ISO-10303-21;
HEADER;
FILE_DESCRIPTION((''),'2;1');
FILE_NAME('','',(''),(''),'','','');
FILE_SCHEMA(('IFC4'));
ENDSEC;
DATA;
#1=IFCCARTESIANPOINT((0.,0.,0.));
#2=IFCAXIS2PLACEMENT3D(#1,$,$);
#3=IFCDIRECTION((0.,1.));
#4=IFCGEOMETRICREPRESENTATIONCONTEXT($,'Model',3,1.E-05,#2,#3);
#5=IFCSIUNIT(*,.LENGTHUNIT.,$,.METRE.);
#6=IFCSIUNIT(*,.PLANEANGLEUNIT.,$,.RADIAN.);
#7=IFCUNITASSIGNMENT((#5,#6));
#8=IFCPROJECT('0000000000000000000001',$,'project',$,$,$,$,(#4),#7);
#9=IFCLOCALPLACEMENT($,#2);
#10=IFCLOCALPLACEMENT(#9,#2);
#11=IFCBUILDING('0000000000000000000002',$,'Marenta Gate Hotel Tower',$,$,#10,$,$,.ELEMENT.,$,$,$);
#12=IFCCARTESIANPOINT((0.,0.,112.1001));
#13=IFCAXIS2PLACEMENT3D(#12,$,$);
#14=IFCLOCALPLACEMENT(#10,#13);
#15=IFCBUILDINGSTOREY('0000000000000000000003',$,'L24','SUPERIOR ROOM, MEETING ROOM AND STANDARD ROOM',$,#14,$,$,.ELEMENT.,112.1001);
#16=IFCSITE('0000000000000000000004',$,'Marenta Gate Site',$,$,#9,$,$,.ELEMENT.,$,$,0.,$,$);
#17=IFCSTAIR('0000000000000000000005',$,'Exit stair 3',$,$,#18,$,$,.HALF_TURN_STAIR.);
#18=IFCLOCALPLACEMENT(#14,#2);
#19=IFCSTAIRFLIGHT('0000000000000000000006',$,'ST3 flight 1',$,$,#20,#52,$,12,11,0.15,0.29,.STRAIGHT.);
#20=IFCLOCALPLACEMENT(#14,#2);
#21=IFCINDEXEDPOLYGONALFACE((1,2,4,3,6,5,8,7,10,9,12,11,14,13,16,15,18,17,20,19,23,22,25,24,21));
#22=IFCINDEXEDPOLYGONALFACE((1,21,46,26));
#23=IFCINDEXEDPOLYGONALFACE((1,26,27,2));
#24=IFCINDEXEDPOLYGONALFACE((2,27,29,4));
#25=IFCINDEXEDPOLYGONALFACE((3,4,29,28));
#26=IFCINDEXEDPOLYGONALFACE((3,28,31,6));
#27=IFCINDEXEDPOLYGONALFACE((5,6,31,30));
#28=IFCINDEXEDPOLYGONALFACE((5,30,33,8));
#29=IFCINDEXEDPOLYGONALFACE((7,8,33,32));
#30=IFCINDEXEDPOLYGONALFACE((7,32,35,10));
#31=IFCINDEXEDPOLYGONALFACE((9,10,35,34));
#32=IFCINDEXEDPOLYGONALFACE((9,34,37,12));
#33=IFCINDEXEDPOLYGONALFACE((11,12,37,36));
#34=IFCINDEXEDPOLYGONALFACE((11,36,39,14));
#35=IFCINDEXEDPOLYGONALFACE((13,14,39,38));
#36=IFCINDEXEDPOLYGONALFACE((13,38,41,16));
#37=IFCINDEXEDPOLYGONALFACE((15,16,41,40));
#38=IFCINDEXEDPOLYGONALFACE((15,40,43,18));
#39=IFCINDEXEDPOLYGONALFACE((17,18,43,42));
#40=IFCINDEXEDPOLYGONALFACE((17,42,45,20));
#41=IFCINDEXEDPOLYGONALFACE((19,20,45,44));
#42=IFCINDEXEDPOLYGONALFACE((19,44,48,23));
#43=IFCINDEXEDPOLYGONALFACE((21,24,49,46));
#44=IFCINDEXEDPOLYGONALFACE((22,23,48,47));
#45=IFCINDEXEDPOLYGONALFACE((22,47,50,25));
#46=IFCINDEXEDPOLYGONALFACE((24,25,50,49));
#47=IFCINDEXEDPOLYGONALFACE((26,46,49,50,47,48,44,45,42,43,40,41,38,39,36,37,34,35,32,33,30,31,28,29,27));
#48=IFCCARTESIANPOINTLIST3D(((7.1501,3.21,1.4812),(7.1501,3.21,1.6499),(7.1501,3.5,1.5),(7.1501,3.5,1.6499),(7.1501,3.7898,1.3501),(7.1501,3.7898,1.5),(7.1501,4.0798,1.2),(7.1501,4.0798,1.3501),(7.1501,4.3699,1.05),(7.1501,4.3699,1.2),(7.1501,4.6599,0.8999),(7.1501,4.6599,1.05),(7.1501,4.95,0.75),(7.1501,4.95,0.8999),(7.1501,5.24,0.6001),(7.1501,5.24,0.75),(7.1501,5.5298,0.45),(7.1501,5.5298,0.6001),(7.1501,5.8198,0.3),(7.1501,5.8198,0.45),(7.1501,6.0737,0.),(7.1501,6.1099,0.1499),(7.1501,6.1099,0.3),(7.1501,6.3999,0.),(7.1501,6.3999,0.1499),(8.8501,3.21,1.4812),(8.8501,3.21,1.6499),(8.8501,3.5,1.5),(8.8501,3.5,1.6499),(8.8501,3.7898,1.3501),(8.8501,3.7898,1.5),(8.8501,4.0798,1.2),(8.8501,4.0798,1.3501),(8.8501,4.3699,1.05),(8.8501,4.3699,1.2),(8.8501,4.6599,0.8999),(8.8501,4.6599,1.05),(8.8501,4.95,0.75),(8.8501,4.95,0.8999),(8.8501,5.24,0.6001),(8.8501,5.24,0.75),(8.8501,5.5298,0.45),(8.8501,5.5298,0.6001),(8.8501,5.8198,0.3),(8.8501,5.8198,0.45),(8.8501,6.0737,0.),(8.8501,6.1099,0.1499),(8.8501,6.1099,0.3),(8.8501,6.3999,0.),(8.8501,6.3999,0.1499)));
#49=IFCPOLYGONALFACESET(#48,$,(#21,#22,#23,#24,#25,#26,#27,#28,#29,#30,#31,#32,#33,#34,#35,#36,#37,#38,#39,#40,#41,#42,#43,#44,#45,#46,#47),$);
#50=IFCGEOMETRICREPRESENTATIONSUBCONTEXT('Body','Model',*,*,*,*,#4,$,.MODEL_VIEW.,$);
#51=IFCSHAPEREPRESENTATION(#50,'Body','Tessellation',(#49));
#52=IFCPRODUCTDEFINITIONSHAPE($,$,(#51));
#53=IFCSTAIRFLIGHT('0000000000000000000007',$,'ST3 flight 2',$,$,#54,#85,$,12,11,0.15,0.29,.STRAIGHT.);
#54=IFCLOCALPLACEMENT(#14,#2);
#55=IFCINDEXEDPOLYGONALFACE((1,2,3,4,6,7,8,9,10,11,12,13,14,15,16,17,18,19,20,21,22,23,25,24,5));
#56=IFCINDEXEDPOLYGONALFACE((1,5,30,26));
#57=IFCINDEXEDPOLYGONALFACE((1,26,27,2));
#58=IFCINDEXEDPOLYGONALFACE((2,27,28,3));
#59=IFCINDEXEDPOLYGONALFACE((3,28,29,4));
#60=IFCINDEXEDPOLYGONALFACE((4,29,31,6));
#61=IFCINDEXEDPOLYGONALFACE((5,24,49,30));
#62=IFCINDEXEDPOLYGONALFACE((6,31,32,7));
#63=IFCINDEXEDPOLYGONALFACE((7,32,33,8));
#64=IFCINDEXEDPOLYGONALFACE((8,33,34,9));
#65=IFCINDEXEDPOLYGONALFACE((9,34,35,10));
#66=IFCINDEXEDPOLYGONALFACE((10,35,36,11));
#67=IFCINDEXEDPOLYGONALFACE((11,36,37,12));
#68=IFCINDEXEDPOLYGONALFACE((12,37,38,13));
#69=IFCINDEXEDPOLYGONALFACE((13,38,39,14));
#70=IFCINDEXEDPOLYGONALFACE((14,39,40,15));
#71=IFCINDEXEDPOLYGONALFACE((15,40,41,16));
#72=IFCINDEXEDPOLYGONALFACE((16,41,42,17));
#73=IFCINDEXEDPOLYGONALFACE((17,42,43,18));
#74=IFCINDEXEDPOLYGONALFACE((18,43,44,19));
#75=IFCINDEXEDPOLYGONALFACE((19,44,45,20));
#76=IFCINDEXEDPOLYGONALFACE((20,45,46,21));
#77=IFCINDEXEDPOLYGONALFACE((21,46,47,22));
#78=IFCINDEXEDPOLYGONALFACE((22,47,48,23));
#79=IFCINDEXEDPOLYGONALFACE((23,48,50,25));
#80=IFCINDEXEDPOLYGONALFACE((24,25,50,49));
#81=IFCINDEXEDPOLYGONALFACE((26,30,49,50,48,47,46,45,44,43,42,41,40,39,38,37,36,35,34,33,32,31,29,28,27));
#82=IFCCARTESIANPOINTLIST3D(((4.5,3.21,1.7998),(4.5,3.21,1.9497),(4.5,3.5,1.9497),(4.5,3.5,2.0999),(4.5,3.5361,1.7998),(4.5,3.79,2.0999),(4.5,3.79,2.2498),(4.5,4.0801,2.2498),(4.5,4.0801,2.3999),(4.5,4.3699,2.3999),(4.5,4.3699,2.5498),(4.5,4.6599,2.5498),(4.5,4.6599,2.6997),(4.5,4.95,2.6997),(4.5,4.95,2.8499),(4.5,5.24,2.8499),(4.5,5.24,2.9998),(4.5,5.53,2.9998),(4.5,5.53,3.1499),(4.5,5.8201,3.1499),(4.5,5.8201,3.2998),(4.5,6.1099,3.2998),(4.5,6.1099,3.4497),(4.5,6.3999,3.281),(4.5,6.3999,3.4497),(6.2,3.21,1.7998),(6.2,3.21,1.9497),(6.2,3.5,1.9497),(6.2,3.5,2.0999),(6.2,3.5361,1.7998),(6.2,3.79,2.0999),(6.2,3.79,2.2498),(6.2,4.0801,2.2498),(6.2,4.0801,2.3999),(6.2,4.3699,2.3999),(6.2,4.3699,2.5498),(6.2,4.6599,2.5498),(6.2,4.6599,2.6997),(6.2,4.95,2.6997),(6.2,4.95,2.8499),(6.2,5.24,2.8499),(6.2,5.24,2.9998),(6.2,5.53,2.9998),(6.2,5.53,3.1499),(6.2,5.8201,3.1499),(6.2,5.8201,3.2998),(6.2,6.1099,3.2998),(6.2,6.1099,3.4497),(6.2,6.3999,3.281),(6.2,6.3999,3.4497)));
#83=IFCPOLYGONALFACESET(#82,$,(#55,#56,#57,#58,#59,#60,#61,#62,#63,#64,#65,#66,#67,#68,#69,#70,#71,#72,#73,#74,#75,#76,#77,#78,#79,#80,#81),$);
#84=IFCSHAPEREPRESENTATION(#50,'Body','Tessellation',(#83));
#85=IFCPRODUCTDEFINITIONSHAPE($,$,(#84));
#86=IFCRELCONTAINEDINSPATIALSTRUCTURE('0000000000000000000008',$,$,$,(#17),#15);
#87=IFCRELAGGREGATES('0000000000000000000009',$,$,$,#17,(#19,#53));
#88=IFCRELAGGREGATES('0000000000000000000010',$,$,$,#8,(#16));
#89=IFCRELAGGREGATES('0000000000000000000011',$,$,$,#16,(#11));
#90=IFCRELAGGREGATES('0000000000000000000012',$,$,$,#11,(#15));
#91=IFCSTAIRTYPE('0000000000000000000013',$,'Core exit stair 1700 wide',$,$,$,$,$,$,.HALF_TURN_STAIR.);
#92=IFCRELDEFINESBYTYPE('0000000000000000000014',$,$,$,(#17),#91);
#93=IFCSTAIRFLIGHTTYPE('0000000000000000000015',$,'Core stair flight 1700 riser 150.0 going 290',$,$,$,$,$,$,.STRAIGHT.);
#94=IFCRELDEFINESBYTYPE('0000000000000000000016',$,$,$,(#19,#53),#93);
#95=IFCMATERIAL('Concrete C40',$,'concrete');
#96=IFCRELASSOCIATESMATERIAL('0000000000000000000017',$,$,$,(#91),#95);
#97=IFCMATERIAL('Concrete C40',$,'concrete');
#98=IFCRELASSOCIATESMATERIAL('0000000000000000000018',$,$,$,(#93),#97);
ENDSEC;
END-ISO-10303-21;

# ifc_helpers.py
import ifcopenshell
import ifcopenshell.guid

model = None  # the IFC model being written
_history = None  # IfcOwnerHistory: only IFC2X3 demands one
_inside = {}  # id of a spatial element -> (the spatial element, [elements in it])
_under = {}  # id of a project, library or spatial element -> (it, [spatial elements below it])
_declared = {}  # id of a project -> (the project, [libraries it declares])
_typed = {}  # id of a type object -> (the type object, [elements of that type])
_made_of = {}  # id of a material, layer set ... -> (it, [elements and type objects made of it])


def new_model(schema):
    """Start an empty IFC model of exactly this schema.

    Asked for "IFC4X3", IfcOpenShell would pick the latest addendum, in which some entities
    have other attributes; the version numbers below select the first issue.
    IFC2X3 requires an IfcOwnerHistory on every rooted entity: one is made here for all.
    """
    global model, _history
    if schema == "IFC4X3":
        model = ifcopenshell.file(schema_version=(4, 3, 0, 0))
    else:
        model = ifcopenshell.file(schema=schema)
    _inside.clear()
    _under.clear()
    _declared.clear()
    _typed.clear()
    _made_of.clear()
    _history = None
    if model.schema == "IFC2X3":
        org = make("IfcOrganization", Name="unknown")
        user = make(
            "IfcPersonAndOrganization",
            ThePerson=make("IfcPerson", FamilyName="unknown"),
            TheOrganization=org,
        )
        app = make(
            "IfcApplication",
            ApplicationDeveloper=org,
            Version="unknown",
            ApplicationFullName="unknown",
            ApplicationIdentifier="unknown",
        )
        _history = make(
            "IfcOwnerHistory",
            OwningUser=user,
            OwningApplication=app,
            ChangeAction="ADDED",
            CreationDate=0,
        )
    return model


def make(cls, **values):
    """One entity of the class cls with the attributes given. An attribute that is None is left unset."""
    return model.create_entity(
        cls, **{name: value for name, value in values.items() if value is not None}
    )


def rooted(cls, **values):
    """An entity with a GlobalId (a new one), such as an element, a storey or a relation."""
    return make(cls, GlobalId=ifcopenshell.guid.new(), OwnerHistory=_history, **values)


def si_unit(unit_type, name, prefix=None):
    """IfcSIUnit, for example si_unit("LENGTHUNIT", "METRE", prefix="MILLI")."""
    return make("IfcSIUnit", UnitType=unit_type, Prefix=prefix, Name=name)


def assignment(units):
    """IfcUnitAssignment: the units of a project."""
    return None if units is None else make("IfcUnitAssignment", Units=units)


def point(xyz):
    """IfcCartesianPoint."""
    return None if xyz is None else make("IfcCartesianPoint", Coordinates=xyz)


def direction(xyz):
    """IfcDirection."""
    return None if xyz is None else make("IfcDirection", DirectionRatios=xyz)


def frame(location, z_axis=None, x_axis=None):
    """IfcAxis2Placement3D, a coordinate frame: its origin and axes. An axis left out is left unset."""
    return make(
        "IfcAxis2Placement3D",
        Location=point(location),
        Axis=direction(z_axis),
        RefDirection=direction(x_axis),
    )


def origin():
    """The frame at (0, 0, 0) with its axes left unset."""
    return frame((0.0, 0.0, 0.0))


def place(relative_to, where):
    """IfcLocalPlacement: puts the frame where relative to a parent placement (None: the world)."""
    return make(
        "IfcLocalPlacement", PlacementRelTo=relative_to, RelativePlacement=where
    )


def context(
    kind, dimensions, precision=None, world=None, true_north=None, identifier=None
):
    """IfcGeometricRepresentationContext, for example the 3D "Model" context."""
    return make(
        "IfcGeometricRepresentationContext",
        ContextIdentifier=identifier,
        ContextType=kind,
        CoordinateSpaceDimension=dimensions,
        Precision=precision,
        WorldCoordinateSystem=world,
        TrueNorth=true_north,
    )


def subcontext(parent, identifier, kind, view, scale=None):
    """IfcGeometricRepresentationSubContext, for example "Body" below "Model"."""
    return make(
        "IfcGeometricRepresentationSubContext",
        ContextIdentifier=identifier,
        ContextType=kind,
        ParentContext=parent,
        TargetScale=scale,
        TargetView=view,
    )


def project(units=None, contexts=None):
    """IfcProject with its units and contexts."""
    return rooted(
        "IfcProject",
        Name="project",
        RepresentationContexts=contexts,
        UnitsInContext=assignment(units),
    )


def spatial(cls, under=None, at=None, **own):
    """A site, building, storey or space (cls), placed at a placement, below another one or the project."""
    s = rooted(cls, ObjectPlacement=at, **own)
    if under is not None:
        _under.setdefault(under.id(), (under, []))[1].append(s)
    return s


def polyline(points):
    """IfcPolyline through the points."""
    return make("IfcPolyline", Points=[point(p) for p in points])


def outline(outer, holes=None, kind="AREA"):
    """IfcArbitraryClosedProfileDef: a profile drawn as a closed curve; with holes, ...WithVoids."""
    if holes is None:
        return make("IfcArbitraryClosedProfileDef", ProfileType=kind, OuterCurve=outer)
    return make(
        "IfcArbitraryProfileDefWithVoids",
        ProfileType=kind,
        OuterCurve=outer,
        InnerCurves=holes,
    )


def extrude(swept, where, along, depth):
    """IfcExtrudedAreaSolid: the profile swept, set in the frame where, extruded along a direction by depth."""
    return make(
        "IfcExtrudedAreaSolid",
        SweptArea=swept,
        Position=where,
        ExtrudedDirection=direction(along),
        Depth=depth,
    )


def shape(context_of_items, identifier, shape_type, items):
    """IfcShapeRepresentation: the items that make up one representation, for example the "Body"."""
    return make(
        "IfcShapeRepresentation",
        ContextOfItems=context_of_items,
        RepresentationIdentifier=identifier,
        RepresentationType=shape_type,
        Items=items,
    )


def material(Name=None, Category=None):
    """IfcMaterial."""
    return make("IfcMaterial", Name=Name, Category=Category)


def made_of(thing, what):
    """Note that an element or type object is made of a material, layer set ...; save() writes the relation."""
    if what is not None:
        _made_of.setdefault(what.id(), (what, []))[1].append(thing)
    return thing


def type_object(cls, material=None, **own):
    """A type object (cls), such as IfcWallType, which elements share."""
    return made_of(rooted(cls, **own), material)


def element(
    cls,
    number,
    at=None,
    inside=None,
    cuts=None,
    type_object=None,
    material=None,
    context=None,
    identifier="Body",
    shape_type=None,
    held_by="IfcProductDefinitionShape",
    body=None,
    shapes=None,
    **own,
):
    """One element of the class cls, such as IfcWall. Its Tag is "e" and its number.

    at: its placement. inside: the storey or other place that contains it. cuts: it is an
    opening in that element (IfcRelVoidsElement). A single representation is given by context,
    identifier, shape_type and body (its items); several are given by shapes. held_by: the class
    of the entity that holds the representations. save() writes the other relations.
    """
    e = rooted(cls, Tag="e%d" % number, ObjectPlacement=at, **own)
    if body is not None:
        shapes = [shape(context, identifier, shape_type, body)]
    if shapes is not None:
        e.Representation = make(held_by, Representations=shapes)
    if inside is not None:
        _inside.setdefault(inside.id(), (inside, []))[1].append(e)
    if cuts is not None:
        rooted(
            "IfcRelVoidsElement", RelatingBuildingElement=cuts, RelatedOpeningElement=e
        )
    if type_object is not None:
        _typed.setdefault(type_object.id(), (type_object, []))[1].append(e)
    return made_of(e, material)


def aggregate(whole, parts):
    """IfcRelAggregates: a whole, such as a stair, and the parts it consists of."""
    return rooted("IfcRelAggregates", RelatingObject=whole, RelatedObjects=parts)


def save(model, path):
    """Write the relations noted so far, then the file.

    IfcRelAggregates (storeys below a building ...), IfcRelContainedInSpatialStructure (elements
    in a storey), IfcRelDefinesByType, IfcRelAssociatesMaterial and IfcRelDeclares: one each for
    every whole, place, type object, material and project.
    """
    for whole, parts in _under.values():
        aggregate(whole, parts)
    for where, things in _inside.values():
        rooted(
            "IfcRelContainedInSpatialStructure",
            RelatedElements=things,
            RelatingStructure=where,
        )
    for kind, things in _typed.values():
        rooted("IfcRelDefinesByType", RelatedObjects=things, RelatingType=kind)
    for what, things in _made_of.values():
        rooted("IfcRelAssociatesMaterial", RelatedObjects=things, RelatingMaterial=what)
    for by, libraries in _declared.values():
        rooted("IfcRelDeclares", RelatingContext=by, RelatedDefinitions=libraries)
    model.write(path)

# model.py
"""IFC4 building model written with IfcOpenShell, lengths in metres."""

from ifc_helpers import new_model, si_unit, direction, frame, origin, place, context, subcontext, project, spatial, polyline, outline, extrude, material, type_object, element, aggregate, save


model = new_model("IFC4")

# Units and contexts
model_context = context("Model", 3, precision=1e-05, world=origin(), true_north=direction((0.0, 1.0)))
body_context = subcontext(model_context, "Body", "Model", "MODEL_VIEW")
ifc_project = project(units=[si_unit("LENGTHUNIT", "METRE"), si_unit("PLANEANGLEUNIT", "RADIAN")], contexts=[model_context])

# Site, building, storey
site_placement = place(None, origin())
site = spatial("IfcSite", under=ifc_project, at=site_placement, Name="Marenta Gate Site", CompositionType="ELEMENT", RefElevation=0.0)
building_placement = place(site_placement, origin())
building = spatial("IfcBuilding", under=site, at=building_placement, Name="Marenta Gate Hotel Tower", CompositionType="ELEMENT")
storey_placement = place(building_placement, frame((0.0, 0.0, 112.1001)))
storey = spatial("IfcBuildingStorey", under=building, at=storey_placement, Name="L24", Description="SUPERIOR ROOM, MEETING ROOM AND STANDARD ROOM", CompositionType="ELEMENT", Elevation=112.1001)

# Stair, stair flights
ifc_material_1 = material(Name="Concrete C40", Category="concrete")
stair_type_1 = type_object("IfcStairType", Name="Core exit stair 1700 wide", PredefinedType="HALF_TURN_STAIR", material=ifc_material_1)
stair_1_placement = place(storey_placement, origin())
stair_1 = element("IfcStair", 1, at=stair_1_placement, inside=storey, type_object=stair_type_1, Name="Exit stair 3", PredefinedType="HALF_TURN_STAIR")
ifc_material_2 = material(Name="Concrete C40", Category="concrete")
stair_flight_type = type_object("IfcStairFlightType", Name="Core stair flight 1700 riser 150.0 going 290", PredefinedType="STRAIGHT", material=ifc_material_2)
stair_flight_1_placement = place(storey_placement, frame((8.0, 6.3999, 0.0), z_axis=(0.0, 0.0, 1.0), x_axis=(0.0, -1.0, 0.0)))
stair_flight_1 = element("IfcStairFlight", 2, at=stair_flight_1_placement, type_object=stair_flight_type, Name="ST3 flight 1", NumberOfRisers=12, NumberOfTreads=11, PredefinedType="STRAIGHT", RiserHeight=0.15, TreadLength=0.29, context=body_context, shape_type="SweptSolid", body=[
    extrude(outline(polyline([(0.0, 0.0), (0.0, 0.1499), (0.29, 0.1499), (0.29, 0.3), (0.5801, 0.3), (0.5801, 0.45), (0.8701, 0.45), (0.8701, 0.6001), (1.1599, 0.6001), (1.1599, 0.75), (1.45, 0.75), (1.45, 0.8999), (1.74, 0.8999), (1.74, 1.05), (2.03, 1.05), (2.03, 1.2), (2.3201, 1.2), (2.3201, 1.3501), (2.6101, 1.3501), (2.6101, 1.5), (2.8999, 1.5), (2.8999, 1.6499), (3.1899, 1.6499), (3.1899, 1.8), (3.1899, 1.4812), (0.3262, 0.0), (0.0, 0.0)])), frame((0.0, 0.8501, 0.0), z_axis=(0.0, -1.0, 0.0), x_axis=(1.0, 0.0, 0.0)), (0.0, 0.0, 1.0), 1.7),
])
stair_flight_2_placement = place(storey_placement, frame((5.3501, 3.21, 1.7998), z_axis=(0.0, 0.0, 1.0), x_axis=(0.0, 1.0, 0.0)))
stair_flight_2 = element("IfcStairFlight", 3, at=stair_flight_2_placement, type_object=stair_flight_type, Name="ST3 flight 2", NumberOfRisers=12, NumberOfTreads=11, PredefinedType="STRAIGHT", RiserHeight=0.15, TreadLength=0.29, context=body_context, shape_type="SweptSolid", body=[
    extrude(outline(polyline([(0.0, 0.0), (0.0, 0.1499), (0.29, 0.1499), (0.29, 0.3), (0.5801, 0.3), (0.5801, 0.45), (0.8701, 0.45), (0.8701, 0.6001), (1.1599, 0.6001), (1.1599, 0.75), (1.45, 0.75), (1.45, 0.8999), (1.74, 0.8999), (1.74, 1.05), (2.03, 1.05), (2.03, 1.2), (2.3201, 1.2), (2.3201, 1.3501), (2.6101, 1.3501), (2.6101, 1.5), (2.8999, 1.5), (2.8999, 1.6499), (3.1899, 1.6499), (3.1899, 1.8), (3.1899, 1.4812), (0.3262, 0.0), (0.0, 0.0)])), frame((0.0, 0.8501, 0.0), z_axis=(0.0, -1.0, 0.0), x_axis=(1.0, 0.0, 0.0)), (0.0, 0.0, 1.0), 1.7),
])
aggregate(stair_1, [stair_flight_1, stair_flight_2])

save(model, "model.ifc")
